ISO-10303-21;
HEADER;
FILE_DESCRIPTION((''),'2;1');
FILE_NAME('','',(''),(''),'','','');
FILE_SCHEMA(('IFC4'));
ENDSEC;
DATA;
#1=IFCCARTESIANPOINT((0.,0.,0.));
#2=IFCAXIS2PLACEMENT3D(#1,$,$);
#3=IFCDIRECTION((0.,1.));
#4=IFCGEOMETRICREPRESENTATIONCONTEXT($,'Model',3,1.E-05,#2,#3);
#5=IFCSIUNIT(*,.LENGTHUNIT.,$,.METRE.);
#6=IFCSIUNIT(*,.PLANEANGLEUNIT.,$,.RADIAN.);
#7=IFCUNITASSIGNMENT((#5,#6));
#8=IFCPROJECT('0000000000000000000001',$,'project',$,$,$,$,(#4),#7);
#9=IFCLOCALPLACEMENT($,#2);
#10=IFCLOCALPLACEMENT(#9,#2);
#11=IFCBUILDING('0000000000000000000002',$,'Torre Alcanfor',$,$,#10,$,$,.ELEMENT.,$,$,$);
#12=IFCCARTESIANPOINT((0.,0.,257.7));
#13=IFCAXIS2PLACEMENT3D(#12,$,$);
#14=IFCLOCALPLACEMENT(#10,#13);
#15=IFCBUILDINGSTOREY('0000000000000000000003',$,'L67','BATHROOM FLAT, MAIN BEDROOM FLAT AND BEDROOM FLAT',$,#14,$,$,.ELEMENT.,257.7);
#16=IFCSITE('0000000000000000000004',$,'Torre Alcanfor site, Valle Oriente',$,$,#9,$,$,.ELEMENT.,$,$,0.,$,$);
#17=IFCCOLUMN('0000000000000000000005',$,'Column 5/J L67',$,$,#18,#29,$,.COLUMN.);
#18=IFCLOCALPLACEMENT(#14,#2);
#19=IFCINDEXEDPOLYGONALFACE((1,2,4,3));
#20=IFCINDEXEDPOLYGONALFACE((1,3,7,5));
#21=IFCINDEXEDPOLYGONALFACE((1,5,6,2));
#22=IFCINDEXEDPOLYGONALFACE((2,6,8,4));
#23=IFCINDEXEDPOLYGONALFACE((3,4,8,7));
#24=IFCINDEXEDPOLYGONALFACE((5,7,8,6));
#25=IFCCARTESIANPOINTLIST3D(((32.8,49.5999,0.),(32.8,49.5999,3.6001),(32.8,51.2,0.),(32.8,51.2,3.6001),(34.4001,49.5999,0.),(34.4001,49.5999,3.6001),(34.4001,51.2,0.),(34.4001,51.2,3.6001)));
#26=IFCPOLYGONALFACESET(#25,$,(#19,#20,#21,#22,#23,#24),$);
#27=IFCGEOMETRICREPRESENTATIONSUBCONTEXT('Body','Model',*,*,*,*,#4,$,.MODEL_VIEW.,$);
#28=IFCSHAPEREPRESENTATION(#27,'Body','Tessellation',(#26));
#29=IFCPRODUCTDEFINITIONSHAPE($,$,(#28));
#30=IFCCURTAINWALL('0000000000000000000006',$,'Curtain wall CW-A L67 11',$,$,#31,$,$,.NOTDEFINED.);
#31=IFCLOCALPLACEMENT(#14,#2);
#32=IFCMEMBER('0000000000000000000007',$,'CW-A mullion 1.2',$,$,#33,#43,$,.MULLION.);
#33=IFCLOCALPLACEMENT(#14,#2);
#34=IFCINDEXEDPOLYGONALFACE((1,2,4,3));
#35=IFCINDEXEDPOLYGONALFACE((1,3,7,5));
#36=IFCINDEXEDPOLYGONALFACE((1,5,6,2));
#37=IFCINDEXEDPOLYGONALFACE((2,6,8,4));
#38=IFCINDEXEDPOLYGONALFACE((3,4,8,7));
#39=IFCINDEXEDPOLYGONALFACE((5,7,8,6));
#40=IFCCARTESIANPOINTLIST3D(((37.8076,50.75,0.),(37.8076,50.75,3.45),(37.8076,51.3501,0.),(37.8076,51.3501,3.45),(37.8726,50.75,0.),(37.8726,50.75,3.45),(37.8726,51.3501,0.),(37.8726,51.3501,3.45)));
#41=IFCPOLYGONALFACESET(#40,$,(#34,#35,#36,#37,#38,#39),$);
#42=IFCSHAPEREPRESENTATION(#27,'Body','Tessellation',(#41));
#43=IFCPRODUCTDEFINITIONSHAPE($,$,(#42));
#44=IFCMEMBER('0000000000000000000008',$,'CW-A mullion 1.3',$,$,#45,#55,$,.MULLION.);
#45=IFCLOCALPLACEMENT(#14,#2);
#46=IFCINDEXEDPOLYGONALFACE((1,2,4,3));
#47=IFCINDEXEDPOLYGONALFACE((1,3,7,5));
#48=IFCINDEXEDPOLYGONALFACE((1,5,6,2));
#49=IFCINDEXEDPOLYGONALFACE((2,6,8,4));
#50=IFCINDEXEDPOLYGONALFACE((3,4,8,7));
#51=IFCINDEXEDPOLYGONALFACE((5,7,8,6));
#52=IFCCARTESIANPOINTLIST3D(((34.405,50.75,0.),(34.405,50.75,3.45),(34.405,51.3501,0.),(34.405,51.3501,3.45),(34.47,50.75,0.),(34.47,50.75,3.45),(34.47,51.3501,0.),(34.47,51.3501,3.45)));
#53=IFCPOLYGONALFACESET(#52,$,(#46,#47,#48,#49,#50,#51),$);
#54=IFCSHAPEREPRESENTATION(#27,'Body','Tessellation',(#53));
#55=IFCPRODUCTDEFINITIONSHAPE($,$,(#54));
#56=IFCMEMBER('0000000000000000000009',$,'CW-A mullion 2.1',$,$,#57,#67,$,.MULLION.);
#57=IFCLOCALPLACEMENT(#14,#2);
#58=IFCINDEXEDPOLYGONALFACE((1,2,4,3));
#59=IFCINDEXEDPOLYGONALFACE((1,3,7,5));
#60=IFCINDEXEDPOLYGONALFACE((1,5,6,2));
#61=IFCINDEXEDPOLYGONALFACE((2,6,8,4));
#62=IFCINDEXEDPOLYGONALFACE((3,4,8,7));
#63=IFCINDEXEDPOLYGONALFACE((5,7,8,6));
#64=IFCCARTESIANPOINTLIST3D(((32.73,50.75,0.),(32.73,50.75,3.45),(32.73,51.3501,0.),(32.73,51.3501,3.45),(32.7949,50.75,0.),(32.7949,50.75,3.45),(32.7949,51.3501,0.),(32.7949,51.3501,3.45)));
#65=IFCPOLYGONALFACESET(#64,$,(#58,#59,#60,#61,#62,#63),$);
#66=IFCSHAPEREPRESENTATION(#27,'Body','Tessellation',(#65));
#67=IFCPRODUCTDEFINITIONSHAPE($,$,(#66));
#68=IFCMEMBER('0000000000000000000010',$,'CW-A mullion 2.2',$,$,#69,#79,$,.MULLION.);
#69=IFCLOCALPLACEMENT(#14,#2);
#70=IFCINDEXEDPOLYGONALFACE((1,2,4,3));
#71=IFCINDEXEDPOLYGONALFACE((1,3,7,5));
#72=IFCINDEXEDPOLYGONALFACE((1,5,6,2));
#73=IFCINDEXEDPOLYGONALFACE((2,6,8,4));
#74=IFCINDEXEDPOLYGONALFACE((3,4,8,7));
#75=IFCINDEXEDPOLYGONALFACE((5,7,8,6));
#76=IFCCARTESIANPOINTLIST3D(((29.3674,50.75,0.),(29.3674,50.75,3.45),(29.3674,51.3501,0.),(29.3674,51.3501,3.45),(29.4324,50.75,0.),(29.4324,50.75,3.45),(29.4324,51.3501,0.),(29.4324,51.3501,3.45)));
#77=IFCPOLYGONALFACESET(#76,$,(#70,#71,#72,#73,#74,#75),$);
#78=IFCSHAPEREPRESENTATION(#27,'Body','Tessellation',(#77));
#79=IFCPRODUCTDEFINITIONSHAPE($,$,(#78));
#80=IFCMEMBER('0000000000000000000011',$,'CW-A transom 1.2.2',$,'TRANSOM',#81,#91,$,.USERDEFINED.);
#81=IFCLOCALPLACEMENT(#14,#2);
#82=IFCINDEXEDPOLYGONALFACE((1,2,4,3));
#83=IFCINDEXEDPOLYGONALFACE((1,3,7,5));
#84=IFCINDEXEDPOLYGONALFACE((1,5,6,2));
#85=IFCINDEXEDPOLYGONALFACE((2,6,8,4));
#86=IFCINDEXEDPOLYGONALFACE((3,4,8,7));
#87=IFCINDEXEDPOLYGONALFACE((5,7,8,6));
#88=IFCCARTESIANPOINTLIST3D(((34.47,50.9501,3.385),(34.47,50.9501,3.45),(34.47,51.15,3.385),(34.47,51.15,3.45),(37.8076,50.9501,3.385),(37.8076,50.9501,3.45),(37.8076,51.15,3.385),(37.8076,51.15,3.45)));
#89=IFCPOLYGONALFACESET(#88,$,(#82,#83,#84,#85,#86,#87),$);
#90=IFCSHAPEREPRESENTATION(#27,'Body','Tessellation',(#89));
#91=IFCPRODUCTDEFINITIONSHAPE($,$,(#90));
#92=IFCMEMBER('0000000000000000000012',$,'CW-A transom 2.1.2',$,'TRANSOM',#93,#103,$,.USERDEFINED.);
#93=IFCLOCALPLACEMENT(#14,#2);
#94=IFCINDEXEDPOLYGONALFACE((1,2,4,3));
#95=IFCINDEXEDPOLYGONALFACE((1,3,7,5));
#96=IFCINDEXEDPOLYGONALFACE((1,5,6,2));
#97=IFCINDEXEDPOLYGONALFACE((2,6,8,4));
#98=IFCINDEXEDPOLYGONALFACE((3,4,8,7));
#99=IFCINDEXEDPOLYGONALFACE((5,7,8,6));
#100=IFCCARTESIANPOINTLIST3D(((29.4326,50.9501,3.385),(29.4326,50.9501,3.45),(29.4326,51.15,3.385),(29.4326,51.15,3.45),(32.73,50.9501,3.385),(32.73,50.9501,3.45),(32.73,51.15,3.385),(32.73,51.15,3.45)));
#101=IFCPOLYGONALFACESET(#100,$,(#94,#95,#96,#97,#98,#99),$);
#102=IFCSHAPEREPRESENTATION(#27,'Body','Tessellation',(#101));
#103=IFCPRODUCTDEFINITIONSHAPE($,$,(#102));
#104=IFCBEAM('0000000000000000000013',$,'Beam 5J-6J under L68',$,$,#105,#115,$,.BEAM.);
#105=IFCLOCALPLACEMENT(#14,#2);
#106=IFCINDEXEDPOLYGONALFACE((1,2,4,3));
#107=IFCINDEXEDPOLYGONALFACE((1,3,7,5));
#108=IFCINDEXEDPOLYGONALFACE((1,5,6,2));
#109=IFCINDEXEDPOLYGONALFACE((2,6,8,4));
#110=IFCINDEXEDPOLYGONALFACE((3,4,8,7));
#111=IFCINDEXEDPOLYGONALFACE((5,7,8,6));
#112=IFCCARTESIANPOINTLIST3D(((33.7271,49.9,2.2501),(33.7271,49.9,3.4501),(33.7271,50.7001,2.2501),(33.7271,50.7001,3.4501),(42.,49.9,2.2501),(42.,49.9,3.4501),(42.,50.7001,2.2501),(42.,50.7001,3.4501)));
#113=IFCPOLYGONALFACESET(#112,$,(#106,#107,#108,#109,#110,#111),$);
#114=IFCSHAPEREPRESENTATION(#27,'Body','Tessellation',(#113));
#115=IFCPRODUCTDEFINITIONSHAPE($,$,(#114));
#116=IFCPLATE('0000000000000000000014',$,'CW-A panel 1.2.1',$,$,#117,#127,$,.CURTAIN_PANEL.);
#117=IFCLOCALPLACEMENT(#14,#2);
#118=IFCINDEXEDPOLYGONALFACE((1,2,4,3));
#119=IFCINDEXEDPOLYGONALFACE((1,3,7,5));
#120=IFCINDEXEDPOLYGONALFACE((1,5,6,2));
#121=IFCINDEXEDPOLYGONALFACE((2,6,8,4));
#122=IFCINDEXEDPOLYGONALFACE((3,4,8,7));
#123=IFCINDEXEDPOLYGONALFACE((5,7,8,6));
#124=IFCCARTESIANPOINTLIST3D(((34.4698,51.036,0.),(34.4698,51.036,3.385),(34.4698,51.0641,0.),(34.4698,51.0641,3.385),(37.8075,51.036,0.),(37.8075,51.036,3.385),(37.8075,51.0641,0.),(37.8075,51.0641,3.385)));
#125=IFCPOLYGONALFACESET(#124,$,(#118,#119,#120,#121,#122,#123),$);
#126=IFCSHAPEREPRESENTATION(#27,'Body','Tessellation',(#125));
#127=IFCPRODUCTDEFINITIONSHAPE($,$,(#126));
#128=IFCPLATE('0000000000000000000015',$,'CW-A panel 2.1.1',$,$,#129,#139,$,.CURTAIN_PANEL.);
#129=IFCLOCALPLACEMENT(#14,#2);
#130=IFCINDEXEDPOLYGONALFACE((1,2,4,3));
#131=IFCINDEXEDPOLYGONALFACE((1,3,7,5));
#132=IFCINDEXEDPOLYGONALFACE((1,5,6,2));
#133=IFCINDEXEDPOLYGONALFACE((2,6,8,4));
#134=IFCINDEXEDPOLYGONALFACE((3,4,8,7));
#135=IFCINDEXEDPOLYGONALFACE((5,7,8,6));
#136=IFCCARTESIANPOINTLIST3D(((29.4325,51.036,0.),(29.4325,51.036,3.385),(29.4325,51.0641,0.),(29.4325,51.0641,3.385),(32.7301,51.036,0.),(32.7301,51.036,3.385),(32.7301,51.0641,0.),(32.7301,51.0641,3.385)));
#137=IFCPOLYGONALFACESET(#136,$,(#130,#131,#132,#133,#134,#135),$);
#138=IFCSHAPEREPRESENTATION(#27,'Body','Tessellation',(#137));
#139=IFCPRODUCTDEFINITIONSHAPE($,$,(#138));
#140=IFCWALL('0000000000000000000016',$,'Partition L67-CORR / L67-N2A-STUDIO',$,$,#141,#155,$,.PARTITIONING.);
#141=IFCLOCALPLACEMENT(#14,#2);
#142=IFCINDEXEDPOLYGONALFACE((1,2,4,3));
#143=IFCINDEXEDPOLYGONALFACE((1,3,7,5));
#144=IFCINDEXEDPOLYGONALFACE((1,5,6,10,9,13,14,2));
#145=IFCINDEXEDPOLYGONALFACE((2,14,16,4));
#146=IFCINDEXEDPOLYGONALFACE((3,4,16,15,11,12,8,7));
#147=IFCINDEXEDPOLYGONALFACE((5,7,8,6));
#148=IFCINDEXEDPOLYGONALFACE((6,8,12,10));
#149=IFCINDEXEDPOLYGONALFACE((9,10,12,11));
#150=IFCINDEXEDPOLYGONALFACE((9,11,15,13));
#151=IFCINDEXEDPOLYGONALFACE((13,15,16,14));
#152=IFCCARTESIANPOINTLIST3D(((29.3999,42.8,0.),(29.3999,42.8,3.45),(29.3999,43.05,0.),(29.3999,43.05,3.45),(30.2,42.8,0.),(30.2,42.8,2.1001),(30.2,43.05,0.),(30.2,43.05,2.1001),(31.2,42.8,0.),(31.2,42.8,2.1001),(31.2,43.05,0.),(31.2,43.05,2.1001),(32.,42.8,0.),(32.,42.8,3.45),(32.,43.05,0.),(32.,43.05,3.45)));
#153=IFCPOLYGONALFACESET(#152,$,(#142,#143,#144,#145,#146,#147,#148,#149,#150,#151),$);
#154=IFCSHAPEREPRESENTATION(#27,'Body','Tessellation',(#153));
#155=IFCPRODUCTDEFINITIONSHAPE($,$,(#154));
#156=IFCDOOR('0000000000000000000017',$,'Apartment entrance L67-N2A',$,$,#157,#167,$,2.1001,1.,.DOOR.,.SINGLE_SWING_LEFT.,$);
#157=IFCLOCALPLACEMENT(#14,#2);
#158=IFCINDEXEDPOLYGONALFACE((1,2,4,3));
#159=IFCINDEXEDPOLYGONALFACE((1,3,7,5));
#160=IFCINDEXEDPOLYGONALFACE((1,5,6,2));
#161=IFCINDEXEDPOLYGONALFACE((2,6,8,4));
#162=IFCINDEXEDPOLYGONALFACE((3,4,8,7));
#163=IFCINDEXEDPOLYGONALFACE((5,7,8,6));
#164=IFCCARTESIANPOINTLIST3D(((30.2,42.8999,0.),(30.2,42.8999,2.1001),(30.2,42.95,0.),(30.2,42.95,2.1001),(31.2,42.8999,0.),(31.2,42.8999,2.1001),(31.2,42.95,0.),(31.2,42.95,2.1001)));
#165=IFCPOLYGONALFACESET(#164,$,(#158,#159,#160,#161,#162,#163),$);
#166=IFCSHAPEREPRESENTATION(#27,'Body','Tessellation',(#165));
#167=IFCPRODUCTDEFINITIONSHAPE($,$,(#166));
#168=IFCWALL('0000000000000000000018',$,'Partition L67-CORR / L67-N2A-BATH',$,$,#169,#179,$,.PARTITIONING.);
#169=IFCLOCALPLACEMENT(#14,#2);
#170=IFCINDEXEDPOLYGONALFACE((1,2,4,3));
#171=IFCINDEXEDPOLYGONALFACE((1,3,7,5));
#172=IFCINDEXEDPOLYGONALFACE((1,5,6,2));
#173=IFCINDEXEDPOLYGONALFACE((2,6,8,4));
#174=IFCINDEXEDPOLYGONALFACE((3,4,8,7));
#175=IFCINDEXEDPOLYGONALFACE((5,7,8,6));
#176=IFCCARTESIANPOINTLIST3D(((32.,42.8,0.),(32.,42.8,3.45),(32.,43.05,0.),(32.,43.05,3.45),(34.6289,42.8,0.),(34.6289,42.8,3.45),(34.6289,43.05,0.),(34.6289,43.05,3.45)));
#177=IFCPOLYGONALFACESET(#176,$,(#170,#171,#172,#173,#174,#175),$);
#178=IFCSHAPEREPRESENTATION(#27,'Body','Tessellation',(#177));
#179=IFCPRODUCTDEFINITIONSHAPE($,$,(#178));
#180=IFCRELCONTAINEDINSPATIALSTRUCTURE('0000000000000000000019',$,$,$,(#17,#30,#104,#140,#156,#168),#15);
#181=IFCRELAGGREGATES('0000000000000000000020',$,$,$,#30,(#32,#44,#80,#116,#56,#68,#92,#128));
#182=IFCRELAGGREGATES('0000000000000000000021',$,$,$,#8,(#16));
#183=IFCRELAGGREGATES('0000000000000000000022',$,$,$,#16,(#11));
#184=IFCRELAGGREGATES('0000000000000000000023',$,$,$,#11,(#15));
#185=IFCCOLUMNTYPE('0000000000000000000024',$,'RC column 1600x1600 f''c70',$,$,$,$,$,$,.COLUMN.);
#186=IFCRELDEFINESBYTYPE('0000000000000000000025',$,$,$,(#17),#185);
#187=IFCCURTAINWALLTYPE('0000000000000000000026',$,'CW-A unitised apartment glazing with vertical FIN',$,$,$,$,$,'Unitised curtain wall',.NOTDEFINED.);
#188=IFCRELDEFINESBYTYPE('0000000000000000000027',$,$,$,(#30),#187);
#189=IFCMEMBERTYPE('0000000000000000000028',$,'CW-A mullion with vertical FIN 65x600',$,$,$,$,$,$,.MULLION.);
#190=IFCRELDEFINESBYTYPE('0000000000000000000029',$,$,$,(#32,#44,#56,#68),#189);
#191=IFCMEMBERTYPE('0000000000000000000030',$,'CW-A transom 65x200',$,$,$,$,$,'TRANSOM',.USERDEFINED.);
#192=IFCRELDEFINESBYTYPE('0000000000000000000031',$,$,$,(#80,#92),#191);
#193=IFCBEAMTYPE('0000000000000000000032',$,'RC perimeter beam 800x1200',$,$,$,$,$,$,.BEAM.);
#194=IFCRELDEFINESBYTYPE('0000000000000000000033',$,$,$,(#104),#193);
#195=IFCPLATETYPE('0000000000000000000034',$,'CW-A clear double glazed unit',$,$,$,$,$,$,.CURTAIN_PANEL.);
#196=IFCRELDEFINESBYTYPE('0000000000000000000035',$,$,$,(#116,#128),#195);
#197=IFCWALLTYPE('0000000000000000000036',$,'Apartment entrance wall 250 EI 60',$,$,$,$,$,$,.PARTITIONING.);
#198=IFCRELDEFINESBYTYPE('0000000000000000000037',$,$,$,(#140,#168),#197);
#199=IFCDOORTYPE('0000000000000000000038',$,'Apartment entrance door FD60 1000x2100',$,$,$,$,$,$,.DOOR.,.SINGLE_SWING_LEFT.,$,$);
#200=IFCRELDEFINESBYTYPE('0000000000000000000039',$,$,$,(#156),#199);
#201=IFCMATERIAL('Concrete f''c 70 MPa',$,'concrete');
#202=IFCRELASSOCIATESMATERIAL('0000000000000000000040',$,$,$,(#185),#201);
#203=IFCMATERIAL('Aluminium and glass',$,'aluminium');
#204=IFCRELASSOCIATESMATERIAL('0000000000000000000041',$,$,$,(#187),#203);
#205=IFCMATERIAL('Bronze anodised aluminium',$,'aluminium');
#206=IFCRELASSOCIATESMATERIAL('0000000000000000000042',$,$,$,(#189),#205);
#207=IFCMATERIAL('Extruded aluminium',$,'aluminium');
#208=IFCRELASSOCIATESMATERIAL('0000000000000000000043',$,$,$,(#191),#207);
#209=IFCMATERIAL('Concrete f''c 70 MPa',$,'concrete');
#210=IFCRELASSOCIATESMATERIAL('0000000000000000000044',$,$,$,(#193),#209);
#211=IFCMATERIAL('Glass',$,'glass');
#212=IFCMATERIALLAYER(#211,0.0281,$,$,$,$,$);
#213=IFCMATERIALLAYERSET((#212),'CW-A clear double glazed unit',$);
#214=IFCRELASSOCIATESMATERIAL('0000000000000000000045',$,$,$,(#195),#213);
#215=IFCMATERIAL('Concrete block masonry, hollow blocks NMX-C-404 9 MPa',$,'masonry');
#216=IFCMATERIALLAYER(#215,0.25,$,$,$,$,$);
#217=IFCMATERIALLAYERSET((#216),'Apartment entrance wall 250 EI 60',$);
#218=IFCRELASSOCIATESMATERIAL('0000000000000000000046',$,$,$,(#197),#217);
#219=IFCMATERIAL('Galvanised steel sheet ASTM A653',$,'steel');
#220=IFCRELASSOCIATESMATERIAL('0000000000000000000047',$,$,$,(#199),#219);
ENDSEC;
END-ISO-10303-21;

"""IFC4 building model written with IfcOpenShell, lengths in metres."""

from ifc_helpers import new_model, si_unit, direction, frame, frame_2d, origin, origin_2d, place, context, subcontext, project, spatial, rectangle, extrude, material, layer, layer_set, material_profile, profile_set, type_object, element, fill, aggregate, save


model = new_model("IFC4")

# Units and contexts
model_context = context("Model", 3, precision=1e-05, world=origin(), true_north=direction((0.0, 1.0)))
body_context = subcontext(model_context, "Body", "Model", "MODEL_VIEW")
ifc_project = project(units=[si_unit("LENGTHUNIT", "METRE"), si_unit("PLANEANGLEUNIT", "RADIAN")], contexts=[model_context])

# Site, building, storey
site_placement = place(None, origin())
site = spatial("IfcSite", under=ifc_project, at=site_placement, Name="Torre Alcanfor site, Valle Oriente", CompositionType="ELEMENT", RefElevation=0.0)
building_placement = place(site_placement, origin())
building = spatial("IfcBuilding", under=site, at=building_placement, Name="Torre Alcanfor", CompositionType="ELEMENT")
storey_placement = place(building_placement, frame((0.0, 0.0, 257.7)))
storey = spatial("IfcBuildingStorey", under=building, at=storey_placement, Name="L67", Description="BATHROOM FLAT, MAIN BEDROOM FLAT AND BEDROOM FLAT", CompositionType="ELEMENT", Elevation=257.7)

# Column
ifc_material_1 = material(Name="Concrete f'c 70 MPa", Category="concrete")
ifc_material_profile_1 = material_profile(ifc_material_1, rectangle(XDim=1.6001, YDim=1.6001, at=origin_2d()), Name="1600x1600")
ifc_profile_set_1 = profile_set([ifc_material_profile_1], Name="Concrete f'c 70 MPa")
column_type = type_object("IfcColumnType", Name="RC column 1600x1600 f'c70", PredefinedType="COLUMN", material=ifc_profile_set_1)
column_placement = place(storey_placement, frame((33.6001, 50.3999, 0.0), z_axis=(0.0, 0.0, 1.0), x_axis=(1.0, 0.0, 0.0)))
element("IfcColumn", 1, at=column_placement, inside=storey, type_object=column_type, Name="Column 5/J L67", PredefinedType="COLUMN", context=body_context, shape_type="SweptSolid", body=[
    extrude(rectangle(XDim=1.6001, YDim=1.6001, at=origin_2d()), origin(), (0.0, 0.0, 1.0), 3.6001),
])

# Curtain wall, members
ifc_material_2 = material(Name="Aluminium and glass", Category="aluminium")
curtain_wall_type = type_object("IfcCurtainWallType", Name="CW-A unitised apartment glazing with vertical FIN", ElementType="Unitised curtain wall", PredefinedType="NOTDEFINED", material=ifc_material_2)
curtain_wall_placement = place(storey_placement, origin())
curtain_wall = element("IfcCurtainWall", 2, at=curtain_wall_placement, inside=storey, type_object=curtain_wall_type, Name="Curtain wall CW-A L67 11", PredefinedType="NOTDEFINED")
ifc_material_3 = material(Name="Bronze anodised aluminium", Category="aluminium")
ifc_material_profile_2 = material_profile(ifc_material_3, rectangle(XDim=0.6001, YDim=0.0649, at=origin_2d()), Name="CW-A mullion 65x600")
ifc_profile_set_2 = profile_set([ifc_material_profile_2], Name="Bronze anodised aluminium")
member_type_1 = type_object("IfcMemberType", Name="CW-A mullion with vertical FIN 65x600", PredefinedType="MULLION", material=ifc_profile_set_2)
member_1_placement = place(storey_placement, frame((37.8401, 51.05, 0.0), z_axis=(0.0, 0.0, 1.0), x_axis=(0.0, -1.0, 0.0)))
member_1 = element("IfcMember", 3, at=member_1_placement, type_object=member_type_1, Name="CW-A mullion 1.2", PredefinedType="MULLION", context=body_context, shape_type="SweptSolid", body=[
    extrude(rectangle(XDim=0.6001, YDim=0.0649, at=origin_2d()), origin(), (0.0, 0.0, 1.0), 3.45),
])
member_2_placement = place(storey_placement, frame((34.4375, 51.05, 0.0), z_axis=(0.0, 0.0, 1.0), x_axis=(0.0, -1.0, 0.0)))
member_2 = element("IfcMember", 4, at=member_2_placement, type_object=member_type_1, Name="CW-A mullion 1.3", PredefinedType="MULLION", context=body_context, shape_type="SweptSolid", body=[
    extrude(rectangle(XDim=0.6001, YDim=0.0649, at=origin_2d()), origin(), (0.0, 0.0, 1.0), 3.45),
])
member_3_placement = place(storey_placement, frame((32.7625, 51.05, 0.0), z_axis=(0.0, 0.0, 1.0), x_axis=(0.0, -1.0, 0.0)))
member_3 = element("IfcMember", 5, at=member_3_placement, type_object=member_type_1, Name="CW-A mullion 2.1", PredefinedType="MULLION", context=body_context, shape_type="SweptSolid", body=[
    extrude(rectangle(XDim=0.6001, YDim=0.0649, at=origin_2d()), origin(), (0.0, 0.0, 1.0), 3.45),
])
member_4_placement = place(storey_placement, frame((29.3999, 51.05, 0.0), z_axis=(0.0, 0.0, 1.0), x_axis=(0.0, -1.0, 0.0)))
member_4 = element("IfcMember", 6, at=member_4_placement, type_object=member_type_1, Name="CW-A mullion 2.2", PredefinedType="MULLION", context=body_context, shape_type="SweptSolid", body=[
    extrude(rectangle(XDim=0.6001, YDim=0.0649, at=origin_2d()), origin(), (0.0, 0.0, 1.0), 3.45),
])
ifc_material_4 = material(Name="Extruded aluminium", Category="aluminium")
ifc_material_profile_3 = material_profile(ifc_material_4, rectangle(XDim=0.2, YDim=0.0649, at=origin_2d()), Name="CW-A transom 200x65")
ifc_profile_set_3 = profile_set([ifc_material_profile_3], Name="Extruded aluminium")
member_type_2 = type_object("IfcMemberType", Name="CW-A transom 65x200", ElementType="TRANSOM", PredefinedType="USERDEFINED", material=ifc_profile_set_3)
member_5_placement = place(storey_placement, frame((37.8076, 51.05, 3.4175), z_axis=(-1.0, 0.0, 0.0), x_axis=(0.0, -1.0, 0.0)))
member_5 = element("IfcMember", 7, at=member_5_placement, type_object=member_type_2, Name="CW-A transom 1.2.2", ObjectType="TRANSOM", PredefinedType="USERDEFINED", context=body_context, shape_type="SweptSolid", body=[
    extrude(rectangle(XDim=0.2, YDim=0.0649, at=origin_2d()), origin(), (0.0, 0.0, 1.0), 3.3376),
])
member_6_placement = place(storey_placement, frame((32.73, 51.05, 3.4175), z_axis=(-1.0, 0.0, 0.0), x_axis=(0.0, -1.0, 0.0)))
member_6 = element("IfcMember", 8, at=member_6_placement, type_object=member_type_2, Name="CW-A transom 2.1.2", ObjectType="TRANSOM", PredefinedType="USERDEFINED", context=body_context, shape_type="SweptSolid", body=[
    extrude(rectangle(XDim=0.2, YDim=0.0649, at=origin_2d()), origin(), (0.0, 0.0, 1.0), 3.2974),
])

# Beam
ifc_material_5 = material(Name="Concrete f'c 70 MPa", Category="concrete")
ifc_material_profile_4 = material_profile(ifc_material_5, rectangle(XDim=0.8, YDim=1.2, at=origin_2d()), Name="800x1200")
ifc_profile_set_4 = profile_set([ifc_material_profile_4], Name="Concrete f'c 70 MPa")
beam_type = type_object("IfcBeamType", Name="RC perimeter beam 800x1200", PredefinedType="BEAM", material=ifc_profile_set_4)
beam_placement = place(storey_placement, frame((33.7271, 50.3, 2.8501), z_axis=(1.0, 0.0, 0.0), x_axis=(0.0, 1.0, 0.0)))
element("IfcBeam", 9, at=beam_placement, inside=storey, type_object=beam_type, Name="Beam 5J-6J under L68", PredefinedType="BEAM", context=body_context, shape_type="SweptSolid", body=[
    extrude(rectangle(XDim=0.8, YDim=1.2, at=origin_2d()), origin(), (0.0, 0.0, 1.0), 8.2729),
])

# Plates
ifc_material_6 = material(Name="Glass", Category="glass")
ifc_layer_1 = layer(ifc_material_6, 0.0281)
ifc_layer_set_1 = layer_set([ifc_layer_1], Name="CW-A clear double glazed unit")
plate_type = type_object("IfcPlateType", Name="CW-A clear double glazed unit", PredefinedType="CURTAIN_PANEL", material=ifc_layer_set_1)
plate_1_placement = place(storey_placement, frame((36.1387, 51.05, 0.0), z_axis=(0.0, 0.0, 1.0), x_axis=(-1.0, 0.0, 0.0)))
plate_1 = element("IfcPlate", 10, at=plate_1_placement, type_object=plate_type, Name="CW-A panel 1.2.1", PredefinedType="CURTAIN_PANEL", context=body_context, shape_type="SweptSolid", body=[
    extrude(rectangle(XDim=3.3376, YDim=0.0281, at=origin_2d()), origin(), (0.0, 0.0, 1.0), 3.385),
])
plate_2_placement = place(storey_placement, frame((31.0813, 51.05, 0.0), z_axis=(0.0, 0.0, 1.0), x_axis=(-1.0, 0.0, 0.0)))
plate_2 = element("IfcPlate", 11, at=plate_2_placement, type_object=plate_type, Name="CW-A panel 2.1.1", PredefinedType="CURTAIN_PANEL", context=body_context, shape_type="SweptSolid", body=[
    extrude(rectangle(XDim=3.2976, YDim=0.0281, at=origin_2d()), origin(), (0.0, 0.0, 1.0), 3.385),
])
aggregate(curtain_wall, [member_1, member_2, member_5, plate_1, member_3, member_4, member_6, plate_2])

# Wall, opening, door
ifc_material_7 = material(Name="Concrete block masonry, hollow blocks NMX-C-404 9 MPa", Category="masonry")
ifc_layer_2 = layer(ifc_material_7, 0.25)
ifc_layer_set_2 = layer_set([ifc_layer_2], Name="Apartment entrance wall 250 EI 60")
wall_type_1 = type_object("IfcWallType", Name="Apartment entrance wall 250 EI 60", PredefinedType="PARTITIONING", material=ifc_layer_set_2)
wall_1_placement = place(storey_placement, frame((29.3999, 42.925, 0.0), z_axis=(0.0, 0.0, 1.0), x_axis=(1.0, 0.0, 0.0)))
wall_1 = element("IfcWall", 12, at=wall_1_placement, inside=storey, type_object=wall_type_1, Name="Partition L67-CORR / L67-N2A-STUDIO", PredefinedType="PARTITIONING", context=body_context, shape_type="SweptSolid", body=[
    extrude(rectangle(XDim=2.6001, YDim=0.25, at=frame_2d((1.3, 0.0))), origin(), (0.0, 0.0, 1.0), 3.45),
])
opening_1_placement = place(wall_1_placement, frame((0.8, 0.0, 0.0)))
opening_1 = element("IfcOpeningElement", 13, at=opening_1_placement, cuts=wall_1, PredefinedType="OPENING", context=body_context, shape_type="SweptSolid", body=[
    extrude(rectangle(XDim=1.0, YDim=2.1001, at=frame_2d((0.5, 1.05))), frame((0.0, 0.135, 0.0), z_axis=(0.0, -1.0, 0.0), x_axis=(1.0, 0.0, 0.0)), (0.0, 0.0, 1.0), 0.27),
])
ifc_material_8 = material(Name="Galvanised steel sheet ASTM A653", Category="steel")
door_type_1 = type_object("IfcDoorType", Name="Apartment entrance door FD60 1000x2100", OperationType="SINGLE_SWING_LEFT", PredefinedType="DOOR", material=ifc_material_8)
door_1_placement = place(opening_1_placement, origin())
door_1 = element("IfcDoor", 14, at=door_1_placement, inside=storey, type_object=door_type_1, Name="Apartment entrance L67-N2A", OperationType="SINGLE_SWING_LEFT", OverallHeight=2.1001, OverallWidth=1.0, PredefinedType="DOOR", context=body_context, shape_type="SweptSolid", body=[
    extrude(rectangle(XDim=1.0, YDim=2.1001, at=frame_2d((0.5, 1.05))), frame((0.0, 0.0249, 0.0), z_axis=(0.0, -1.0, 0.0), x_axis=(1.0, 0.0, 0.0)), (0.0, 0.0, 1.0), 0.05),
])
fill(opening_1, door_1)

# Wall
wall_2_placement = place(storey_placement, frame((32.0, 42.925, 0.0), z_axis=(0.0, 0.0, 1.0), x_axis=(1.0, 0.0, 0.0)))
element("IfcWall", 15, at=wall_2_placement, inside=storey, type_object=wall_type_1, Name="Partition L67-CORR / L67-N2A-BATH", PredefinedType="PARTITIONING", context=body_context, shape_type="SweptSolid", body=[
    extrude(rectangle(XDim=2.6289, YDim=0.25, at=frame_2d((1.3145, 0.0))), origin(), (0.0, 0.0, 1.0), 3.45),
])

save(model, "model.ifc")
